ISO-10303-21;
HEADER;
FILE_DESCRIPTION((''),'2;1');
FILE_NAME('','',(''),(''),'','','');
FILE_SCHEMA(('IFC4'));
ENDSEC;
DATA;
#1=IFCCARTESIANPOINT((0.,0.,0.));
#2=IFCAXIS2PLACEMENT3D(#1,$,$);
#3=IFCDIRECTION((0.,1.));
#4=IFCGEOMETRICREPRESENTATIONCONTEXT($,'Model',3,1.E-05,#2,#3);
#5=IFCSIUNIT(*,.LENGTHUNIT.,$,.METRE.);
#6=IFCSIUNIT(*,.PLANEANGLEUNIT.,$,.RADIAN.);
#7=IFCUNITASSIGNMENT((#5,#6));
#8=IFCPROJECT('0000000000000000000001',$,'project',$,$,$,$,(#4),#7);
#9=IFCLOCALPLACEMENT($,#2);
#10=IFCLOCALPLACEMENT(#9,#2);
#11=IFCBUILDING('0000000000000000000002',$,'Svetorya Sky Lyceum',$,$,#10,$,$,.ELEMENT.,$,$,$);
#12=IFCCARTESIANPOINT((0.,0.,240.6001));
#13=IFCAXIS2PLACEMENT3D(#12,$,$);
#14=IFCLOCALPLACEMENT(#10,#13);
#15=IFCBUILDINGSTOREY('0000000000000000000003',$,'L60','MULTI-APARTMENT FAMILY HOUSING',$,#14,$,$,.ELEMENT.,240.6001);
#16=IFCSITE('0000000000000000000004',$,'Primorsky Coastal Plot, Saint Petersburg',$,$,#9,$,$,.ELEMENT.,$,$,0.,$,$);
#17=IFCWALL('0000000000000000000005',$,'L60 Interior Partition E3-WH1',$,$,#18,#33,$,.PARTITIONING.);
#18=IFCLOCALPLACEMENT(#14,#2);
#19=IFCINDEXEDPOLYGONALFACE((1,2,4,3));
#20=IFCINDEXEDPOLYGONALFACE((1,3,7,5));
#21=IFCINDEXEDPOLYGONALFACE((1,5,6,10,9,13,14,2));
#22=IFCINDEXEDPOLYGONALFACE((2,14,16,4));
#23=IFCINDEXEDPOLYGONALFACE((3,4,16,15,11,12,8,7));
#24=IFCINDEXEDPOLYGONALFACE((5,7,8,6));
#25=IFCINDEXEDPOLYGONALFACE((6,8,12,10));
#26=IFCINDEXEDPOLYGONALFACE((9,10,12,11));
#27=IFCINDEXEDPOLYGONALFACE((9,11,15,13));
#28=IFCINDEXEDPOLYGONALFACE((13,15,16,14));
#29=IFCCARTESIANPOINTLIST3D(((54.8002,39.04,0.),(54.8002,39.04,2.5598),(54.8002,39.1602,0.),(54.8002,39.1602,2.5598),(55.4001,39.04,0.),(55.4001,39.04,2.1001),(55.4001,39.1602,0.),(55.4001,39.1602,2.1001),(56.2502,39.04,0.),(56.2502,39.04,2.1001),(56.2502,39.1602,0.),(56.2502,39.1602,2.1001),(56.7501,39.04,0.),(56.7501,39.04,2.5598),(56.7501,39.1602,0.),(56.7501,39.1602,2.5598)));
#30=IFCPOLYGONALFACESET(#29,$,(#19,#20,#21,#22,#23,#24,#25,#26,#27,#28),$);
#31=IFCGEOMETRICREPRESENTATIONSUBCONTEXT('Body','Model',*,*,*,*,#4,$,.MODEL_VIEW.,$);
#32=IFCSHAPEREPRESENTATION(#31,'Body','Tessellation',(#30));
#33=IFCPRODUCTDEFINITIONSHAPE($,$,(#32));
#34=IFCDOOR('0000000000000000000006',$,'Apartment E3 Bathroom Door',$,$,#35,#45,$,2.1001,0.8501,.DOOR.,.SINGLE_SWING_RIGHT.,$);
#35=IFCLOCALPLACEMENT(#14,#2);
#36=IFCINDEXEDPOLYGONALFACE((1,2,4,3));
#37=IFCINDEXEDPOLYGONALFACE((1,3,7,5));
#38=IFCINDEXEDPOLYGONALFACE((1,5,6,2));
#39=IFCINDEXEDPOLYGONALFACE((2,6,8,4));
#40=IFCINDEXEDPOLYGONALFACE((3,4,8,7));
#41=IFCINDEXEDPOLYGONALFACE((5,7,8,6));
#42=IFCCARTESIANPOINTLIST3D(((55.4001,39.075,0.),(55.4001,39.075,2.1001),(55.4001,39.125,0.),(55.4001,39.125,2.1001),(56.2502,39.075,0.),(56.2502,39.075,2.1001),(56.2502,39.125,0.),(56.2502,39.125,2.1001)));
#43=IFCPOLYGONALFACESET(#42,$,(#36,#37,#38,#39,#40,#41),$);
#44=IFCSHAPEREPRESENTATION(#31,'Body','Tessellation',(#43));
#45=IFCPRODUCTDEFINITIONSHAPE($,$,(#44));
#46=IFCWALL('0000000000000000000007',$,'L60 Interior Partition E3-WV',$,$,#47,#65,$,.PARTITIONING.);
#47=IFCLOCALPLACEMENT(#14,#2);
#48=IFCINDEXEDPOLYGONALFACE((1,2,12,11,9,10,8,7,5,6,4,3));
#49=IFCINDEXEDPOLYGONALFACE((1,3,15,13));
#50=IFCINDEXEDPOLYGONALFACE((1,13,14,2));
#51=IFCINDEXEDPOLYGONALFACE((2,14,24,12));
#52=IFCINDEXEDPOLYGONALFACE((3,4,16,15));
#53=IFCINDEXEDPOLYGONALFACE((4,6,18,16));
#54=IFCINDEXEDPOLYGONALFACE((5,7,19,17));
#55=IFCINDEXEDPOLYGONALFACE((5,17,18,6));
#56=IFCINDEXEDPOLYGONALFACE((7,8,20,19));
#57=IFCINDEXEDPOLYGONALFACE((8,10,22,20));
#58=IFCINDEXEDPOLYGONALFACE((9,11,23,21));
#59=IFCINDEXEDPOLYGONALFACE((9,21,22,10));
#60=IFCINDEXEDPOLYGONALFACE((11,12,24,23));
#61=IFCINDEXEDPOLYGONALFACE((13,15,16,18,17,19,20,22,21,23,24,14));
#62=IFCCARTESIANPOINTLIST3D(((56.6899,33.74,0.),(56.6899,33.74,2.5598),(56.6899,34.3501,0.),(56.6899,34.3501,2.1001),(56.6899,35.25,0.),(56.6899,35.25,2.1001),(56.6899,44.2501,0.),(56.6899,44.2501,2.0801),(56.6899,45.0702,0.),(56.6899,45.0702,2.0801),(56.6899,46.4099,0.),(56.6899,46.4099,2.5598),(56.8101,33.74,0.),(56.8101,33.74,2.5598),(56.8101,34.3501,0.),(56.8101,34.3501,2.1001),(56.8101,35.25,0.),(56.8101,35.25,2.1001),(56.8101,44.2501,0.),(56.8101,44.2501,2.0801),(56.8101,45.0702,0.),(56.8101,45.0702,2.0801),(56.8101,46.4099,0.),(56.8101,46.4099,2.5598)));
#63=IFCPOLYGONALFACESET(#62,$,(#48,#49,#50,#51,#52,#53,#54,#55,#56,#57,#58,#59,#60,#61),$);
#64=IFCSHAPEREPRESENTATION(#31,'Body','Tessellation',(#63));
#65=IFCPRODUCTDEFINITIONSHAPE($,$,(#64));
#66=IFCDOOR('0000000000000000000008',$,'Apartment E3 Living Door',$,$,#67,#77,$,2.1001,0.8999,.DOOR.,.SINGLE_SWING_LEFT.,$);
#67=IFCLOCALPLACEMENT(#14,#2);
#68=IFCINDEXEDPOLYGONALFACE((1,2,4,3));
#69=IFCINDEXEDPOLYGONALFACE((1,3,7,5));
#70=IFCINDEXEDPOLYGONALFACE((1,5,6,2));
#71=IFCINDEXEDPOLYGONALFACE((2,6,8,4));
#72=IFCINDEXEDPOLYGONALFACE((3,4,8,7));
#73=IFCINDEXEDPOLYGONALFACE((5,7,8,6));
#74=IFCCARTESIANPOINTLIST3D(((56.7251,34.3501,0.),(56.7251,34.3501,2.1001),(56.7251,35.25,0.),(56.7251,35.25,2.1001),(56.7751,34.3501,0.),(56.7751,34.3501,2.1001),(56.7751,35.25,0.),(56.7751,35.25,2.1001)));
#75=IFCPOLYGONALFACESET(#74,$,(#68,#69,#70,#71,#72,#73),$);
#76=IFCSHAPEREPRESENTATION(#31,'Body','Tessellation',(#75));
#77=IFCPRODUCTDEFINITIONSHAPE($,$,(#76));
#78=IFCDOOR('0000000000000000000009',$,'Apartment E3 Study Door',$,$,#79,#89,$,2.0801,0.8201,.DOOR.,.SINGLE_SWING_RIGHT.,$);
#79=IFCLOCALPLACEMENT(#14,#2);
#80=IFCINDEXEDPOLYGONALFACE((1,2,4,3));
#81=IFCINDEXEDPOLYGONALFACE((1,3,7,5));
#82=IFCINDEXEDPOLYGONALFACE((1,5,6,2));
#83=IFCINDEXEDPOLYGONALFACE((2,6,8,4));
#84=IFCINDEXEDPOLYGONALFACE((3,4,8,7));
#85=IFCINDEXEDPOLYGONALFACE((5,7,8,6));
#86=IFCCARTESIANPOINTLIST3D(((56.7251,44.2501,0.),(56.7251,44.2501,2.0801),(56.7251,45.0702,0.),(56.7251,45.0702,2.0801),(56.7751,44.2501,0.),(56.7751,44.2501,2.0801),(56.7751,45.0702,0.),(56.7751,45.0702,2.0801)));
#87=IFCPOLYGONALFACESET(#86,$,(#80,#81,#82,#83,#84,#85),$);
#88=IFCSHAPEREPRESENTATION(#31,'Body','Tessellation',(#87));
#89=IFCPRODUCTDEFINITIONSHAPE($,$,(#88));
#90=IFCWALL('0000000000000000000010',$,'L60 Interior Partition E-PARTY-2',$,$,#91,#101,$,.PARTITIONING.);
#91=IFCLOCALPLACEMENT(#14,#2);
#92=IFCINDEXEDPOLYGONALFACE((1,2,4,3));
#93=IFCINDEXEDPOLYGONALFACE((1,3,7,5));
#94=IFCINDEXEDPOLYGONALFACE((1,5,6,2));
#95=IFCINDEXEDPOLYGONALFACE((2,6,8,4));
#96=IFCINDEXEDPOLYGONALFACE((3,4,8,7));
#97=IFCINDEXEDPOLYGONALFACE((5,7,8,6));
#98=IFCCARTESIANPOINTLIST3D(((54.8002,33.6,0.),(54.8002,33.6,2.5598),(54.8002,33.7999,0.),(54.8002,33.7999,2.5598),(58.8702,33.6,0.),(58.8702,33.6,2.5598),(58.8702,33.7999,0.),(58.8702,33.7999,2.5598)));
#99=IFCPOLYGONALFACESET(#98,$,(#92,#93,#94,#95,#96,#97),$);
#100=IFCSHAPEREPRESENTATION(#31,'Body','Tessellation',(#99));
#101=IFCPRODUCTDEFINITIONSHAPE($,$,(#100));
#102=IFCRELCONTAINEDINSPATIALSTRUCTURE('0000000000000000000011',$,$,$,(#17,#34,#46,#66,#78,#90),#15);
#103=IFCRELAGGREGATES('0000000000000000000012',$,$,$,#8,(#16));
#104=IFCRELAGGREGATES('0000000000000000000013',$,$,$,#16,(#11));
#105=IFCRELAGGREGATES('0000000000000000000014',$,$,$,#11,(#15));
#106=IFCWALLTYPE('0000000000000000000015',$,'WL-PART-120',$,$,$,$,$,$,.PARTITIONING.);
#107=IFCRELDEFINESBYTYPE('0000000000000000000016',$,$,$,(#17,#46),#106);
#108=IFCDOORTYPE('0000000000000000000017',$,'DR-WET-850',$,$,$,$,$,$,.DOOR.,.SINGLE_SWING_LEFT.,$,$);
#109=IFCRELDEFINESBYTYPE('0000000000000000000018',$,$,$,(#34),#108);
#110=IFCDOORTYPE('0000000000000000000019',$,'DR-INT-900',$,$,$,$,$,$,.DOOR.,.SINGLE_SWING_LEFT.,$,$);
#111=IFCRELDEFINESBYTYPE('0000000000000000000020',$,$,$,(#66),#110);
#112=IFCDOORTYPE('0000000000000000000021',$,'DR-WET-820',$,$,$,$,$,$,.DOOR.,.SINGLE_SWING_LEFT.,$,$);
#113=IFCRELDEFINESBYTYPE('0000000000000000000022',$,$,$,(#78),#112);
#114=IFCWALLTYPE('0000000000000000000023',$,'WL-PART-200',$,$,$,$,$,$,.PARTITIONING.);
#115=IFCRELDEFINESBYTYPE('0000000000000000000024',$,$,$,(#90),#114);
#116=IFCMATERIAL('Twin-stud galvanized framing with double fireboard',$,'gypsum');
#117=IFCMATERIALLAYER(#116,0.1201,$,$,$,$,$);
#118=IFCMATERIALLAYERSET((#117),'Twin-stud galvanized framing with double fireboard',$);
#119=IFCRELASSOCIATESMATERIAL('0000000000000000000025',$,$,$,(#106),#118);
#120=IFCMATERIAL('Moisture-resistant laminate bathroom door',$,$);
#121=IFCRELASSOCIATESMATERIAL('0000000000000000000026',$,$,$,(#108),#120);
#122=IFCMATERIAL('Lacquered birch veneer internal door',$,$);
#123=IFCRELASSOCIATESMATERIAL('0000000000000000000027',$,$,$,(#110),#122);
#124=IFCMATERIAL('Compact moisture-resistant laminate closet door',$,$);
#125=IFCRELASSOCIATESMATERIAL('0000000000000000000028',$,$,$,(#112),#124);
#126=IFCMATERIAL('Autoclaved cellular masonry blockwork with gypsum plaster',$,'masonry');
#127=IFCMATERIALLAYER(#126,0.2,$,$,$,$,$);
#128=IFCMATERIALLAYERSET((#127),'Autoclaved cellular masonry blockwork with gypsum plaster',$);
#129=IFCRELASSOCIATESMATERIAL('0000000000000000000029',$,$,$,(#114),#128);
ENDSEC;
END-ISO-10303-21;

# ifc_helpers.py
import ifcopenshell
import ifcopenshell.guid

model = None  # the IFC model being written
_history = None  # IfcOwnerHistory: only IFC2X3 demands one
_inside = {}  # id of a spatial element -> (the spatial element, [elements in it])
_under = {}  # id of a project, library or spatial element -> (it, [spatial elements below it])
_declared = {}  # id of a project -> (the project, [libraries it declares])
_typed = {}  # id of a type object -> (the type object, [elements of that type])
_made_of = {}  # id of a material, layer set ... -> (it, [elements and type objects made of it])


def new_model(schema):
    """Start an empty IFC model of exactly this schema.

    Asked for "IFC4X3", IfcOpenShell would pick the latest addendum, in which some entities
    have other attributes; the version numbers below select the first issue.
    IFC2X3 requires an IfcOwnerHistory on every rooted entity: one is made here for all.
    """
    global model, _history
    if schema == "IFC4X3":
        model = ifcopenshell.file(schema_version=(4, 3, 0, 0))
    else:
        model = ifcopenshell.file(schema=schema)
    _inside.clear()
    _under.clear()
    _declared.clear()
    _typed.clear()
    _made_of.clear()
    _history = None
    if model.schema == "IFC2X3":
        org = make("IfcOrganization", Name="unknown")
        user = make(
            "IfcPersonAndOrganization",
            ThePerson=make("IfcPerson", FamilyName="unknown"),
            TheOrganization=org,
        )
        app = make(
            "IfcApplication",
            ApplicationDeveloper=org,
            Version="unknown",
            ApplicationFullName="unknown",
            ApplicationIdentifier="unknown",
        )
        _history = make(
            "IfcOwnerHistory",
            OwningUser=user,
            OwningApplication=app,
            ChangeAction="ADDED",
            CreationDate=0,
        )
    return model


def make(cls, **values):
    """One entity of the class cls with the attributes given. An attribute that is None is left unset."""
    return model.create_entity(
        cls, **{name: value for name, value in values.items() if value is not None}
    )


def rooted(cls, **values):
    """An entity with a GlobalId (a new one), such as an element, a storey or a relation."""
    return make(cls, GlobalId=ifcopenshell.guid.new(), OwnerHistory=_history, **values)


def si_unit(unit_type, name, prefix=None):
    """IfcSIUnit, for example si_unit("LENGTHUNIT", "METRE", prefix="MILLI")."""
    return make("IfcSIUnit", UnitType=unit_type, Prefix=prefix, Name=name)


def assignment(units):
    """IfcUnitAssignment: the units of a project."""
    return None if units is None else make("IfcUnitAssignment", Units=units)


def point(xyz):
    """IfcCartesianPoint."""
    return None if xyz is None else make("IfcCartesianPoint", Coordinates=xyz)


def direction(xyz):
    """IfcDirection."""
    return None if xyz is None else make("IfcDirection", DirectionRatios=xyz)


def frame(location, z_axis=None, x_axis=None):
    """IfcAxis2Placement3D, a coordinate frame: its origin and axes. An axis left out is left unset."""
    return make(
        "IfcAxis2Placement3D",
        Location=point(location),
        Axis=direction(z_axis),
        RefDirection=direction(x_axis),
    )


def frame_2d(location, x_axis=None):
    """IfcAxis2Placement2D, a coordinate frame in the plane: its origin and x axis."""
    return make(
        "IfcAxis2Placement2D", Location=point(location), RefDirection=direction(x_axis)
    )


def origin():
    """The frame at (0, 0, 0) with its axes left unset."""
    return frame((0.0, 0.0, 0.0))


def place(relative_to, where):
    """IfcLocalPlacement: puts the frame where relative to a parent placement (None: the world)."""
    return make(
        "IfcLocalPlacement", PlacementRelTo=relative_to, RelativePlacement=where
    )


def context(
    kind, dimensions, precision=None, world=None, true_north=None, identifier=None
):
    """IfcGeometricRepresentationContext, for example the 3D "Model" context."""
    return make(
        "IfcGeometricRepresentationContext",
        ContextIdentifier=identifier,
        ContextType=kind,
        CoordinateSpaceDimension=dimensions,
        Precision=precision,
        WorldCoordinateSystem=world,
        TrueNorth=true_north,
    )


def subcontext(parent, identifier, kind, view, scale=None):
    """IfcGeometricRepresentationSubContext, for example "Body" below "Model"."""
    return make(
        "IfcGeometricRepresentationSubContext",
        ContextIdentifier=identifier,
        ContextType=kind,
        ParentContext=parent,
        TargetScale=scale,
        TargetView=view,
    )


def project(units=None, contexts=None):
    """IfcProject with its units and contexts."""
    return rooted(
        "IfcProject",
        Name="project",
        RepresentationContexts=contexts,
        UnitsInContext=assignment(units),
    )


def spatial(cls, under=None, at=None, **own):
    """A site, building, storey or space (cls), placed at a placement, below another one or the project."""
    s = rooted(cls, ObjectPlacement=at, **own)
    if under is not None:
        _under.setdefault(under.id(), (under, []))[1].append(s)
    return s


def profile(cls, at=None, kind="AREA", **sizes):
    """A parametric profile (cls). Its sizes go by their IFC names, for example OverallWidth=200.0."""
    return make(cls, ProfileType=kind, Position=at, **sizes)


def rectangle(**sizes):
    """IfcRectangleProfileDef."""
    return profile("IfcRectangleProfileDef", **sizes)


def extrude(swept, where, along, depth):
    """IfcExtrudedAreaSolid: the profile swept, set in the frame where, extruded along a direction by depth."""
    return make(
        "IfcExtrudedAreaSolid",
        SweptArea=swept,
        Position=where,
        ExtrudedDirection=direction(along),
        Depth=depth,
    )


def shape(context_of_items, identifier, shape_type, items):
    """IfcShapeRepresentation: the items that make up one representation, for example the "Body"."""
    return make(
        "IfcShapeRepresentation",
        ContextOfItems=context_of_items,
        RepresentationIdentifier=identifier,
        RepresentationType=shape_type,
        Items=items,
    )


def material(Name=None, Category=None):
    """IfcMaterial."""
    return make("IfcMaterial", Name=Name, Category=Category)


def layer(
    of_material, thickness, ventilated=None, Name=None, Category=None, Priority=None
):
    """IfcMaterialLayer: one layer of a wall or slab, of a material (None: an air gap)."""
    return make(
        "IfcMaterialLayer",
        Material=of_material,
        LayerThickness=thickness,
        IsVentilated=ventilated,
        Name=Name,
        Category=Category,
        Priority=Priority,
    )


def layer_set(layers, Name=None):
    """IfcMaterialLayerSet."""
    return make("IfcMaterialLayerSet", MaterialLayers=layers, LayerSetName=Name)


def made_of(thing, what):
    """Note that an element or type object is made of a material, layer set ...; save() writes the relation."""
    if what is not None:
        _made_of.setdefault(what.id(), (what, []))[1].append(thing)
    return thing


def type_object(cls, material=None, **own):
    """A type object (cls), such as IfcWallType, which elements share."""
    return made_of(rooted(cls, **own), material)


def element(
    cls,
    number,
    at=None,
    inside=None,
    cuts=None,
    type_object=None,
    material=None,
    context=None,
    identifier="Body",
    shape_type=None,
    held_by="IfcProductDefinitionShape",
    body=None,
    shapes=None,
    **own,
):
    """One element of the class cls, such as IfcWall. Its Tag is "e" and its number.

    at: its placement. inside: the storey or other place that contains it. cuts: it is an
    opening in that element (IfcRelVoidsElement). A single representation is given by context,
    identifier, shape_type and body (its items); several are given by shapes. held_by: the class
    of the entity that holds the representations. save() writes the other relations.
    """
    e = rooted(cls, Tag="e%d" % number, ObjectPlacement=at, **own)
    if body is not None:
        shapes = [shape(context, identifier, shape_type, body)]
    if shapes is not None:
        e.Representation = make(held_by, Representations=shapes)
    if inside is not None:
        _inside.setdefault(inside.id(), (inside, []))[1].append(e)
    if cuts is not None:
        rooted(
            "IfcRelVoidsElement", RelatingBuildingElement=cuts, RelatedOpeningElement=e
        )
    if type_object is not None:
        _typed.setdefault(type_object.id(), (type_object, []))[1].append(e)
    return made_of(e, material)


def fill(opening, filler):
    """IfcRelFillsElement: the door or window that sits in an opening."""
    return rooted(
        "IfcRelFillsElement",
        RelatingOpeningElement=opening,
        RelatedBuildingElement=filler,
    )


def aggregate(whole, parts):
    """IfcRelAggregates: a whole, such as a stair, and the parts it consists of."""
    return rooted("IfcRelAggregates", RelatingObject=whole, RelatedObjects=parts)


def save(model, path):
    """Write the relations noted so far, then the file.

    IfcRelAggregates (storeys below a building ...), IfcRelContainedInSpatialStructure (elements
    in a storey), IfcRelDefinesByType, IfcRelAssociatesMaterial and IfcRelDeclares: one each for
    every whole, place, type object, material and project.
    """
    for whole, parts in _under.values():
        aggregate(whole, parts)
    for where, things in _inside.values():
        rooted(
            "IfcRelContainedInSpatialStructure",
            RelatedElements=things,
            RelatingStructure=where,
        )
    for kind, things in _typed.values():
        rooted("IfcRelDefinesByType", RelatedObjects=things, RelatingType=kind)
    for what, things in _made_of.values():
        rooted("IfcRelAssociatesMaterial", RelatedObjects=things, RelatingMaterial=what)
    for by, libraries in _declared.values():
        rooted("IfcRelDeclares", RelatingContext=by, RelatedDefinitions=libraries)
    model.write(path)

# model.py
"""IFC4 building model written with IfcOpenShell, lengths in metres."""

from ifc_helpers import new_model, si_unit, direction, frame, frame_2d, origin, place, context, subcontext, project, spatial, rectangle, extrude, material, layer, layer_set, type_object, element, fill, save


model = new_model("IFC4")

# Units and contexts
model_context = context("Model", 3, precision=1e-05, world=origin(), true_north=direction((0.0, 1.0)))
body_context = subcontext(model_context, "Body", "Model", "MODEL_VIEW")
ifc_project = project(units=[si_unit("LENGTHUNIT", "METRE"), si_unit("PLANEANGLEUNIT", "RADIAN")], contexts=[model_context])

# Site, building, storey
site_placement = place(None, origin())
site = spatial("IfcSite", under=ifc_project, at=site_placement, Name="Primorsky Coastal Plot, Saint Petersburg", CompositionType="ELEMENT", RefElevation=0.0)
building_placement = place(site_placement, origin())
building = spatial("IfcBuilding", under=site, at=building_placement, Name="Svetorya Sky Lyceum", CompositionType="ELEMENT")
storey_placement = place(building_placement, frame((0.0, 0.0, 240.6001)))
storey = spatial("IfcBuildingStorey", under=building, at=storey_placement, Name="L60", Description="MULTI-APARTMENT FAMILY HOUSING", CompositionType="ELEMENT", Elevation=240.6001)

# Wall, opening, door
ifc_material_1 = material(Name="Twin-stud galvanized framing with double fireboard", Category="gypsum")
ifc_layer_1 = layer(ifc_material_1, 0.1201)
ifc_layer_set_1 = layer_set([ifc_layer_1], Name="Twin-stud galvanized framing with double fireboard")
wall_type_1 = type_object("IfcWallType", Name="WL-PART-120", PredefinedType="PARTITIONING", material=ifc_layer_set_1)
wall_1_placement = place(storey_placement, frame((54.8, 39.1001, 0.0), z_axis=(0.0, 0.0, 1.0), x_axis=(1.0, 0.0, 0.0)))
wall_1 = element("IfcWall", 1, at=wall_1_placement, inside=storey, type_object=wall_type_1, Name="L60 Interior Partition E3-WH1", PredefinedType="PARTITIONING", context=body_context, shape_type="SweptSolid", body=[
    extrude(rectangle(XDim=1.95, YDim=0.1201, at=frame_2d((0.9751, 0.0))), origin(), (0.0, 0.0, 1.0), 2.5598),
])
opening_1_placement = place(wall_1_placement, frame((0.6001, 0.0, 0.0)))
opening_1 = element("IfcOpeningElement", 2, at=opening_1_placement, cuts=wall_1, PredefinedType="OPENING", context=body_context, shape_type="SweptSolid", body=[
    extrude(rectangle(XDim=0.8501, YDim=2.1001, at=frame_2d((0.425, 1.05))), frame((0.0, 0.0701, 0.0), z_axis=(0.0, -1.0, 0.0), x_axis=(1.0, 0.0, 0.0)), (0.0, 0.0, 1.0), 0.1401),
])
ifc_material_2 = material(Name="Moisture-resistant laminate bathroom door")
door_type_1 = type_object("IfcDoorType", Name="DR-WET-850", OperationType="SINGLE_SWING_LEFT", PredefinedType="DOOR", material=ifc_material_2)
door_1_placement = place(opening_1_placement, origin())
door_1 = element("IfcDoor", 3, at=door_1_placement, inside=storey, type_object=door_type_1, Name="Apartment E3 Bathroom Door", OperationType="SINGLE_SWING_RIGHT", OverallHeight=2.1001, OverallWidth=0.8501, PredefinedType="DOOR", context=body_context, shape_type="SweptSolid", body=[
    extrude(rectangle(XDim=0.8501, YDim=2.1001, at=frame_2d((0.425, 1.05))), frame((0.0, 0.0249, 0.0), z_axis=(0.0, -1.0, 0.0), x_axis=(1.0, 0.0, 0.0)), (0.0, 0.0, 1.0), 0.05),
])
fill(opening_1, door_1)

# Wall, openings, doors
wall_2_placement = place(storey_placement, frame((56.75, 33.74, 0.0), z_axis=(0.0, 0.0, 1.0), x_axis=(0.0, 1.0, 0.0)))
wall_2 = element("IfcWall", 4, at=wall_2_placement, inside=storey, type_object=wall_type_1, Name="L60 Interior Partition E3-WV", PredefinedType="PARTITIONING", context=body_context, shape_type="SweptSolid", body=[
    extrude(rectangle(XDim=12.6699, YDim=0.1201, at=frame_2d((6.335, 0.0))), origin(), (0.0, 0.0, 1.0), 2.5598),
])
opening_2_placement = place(wall_2_placement, frame((0.6101, 0.0, 0.0)))
opening_2 = element("IfcOpeningElement", 5, at=opening_2_placement, cuts=wall_2, PredefinedType="OPENING", context=body_context, shape_type="SweptSolid", body=[
    extrude(rectangle(XDim=0.8999, YDim=2.1001, at=frame_2d((0.45, 1.05))), frame((0.0, 0.0701, 0.0), z_axis=(0.0, -1.0, 0.0), x_axis=(1.0, 0.0, 0.0)), (0.0, 0.0, 1.0), 0.1401),
])
opening_3_placement = place(wall_2_placement, frame((10.51, 0.0, 0.0)))
opening_3 = element("IfcOpeningElement", 6, at=opening_3_placement, cuts=wall_2, PredefinedType="OPENING", context=body_context, shape_type="SweptSolid", body=[
    extrude(rectangle(XDim=0.8201, YDim=2.0801, at=frame_2d((0.4102, 1.04))), frame((0.0, 0.0701, 0.0), z_axis=(0.0, -1.0, 0.0), x_axis=(1.0, 0.0, 0.0)), (0.0, 0.0, 1.0), 0.1401),
])
ifc_material_3 = material(Name="Lacquered birch veneer internal door")
door_type_2 = type_object("IfcDoorType", Name="DR-INT-900", OperationType="SINGLE_SWING_LEFT", PredefinedType="DOOR", material=ifc_material_3)
door_2_placement = place(opening_2_placement, origin())
door_2 = element("IfcDoor", 7, at=door_2_placement, inside=storey, type_object=door_type_2, Name="Apartment E3 Living Door", OperationType="SINGLE_SWING_LEFT", OverallHeight=2.1001, OverallWidth=0.8999, PredefinedType="DOOR", context=body_context, shape_type="SweptSolid", body=[
    extrude(rectangle(XDim=0.8999, YDim=2.1001, at=frame_2d((0.45, 1.05))), frame((0.0, 0.0249, 0.0), z_axis=(0.0, -1.0, 0.0), x_axis=(1.0, 0.0, 0.0)), (0.0, 0.0, 1.0), 0.05),
])
fill(opening_2, door_2)
ifc_material_4 = material(Name="Compact moisture-resistant laminate closet door")
door_type_3 = type_object("IfcDoorType", Name="DR-WET-820", OperationType="SINGLE_SWING_LEFT", PredefinedType="DOOR", material=ifc_material_4)
door_3_placement = place(opening_3_placement, origin())
door_3 = element("IfcDoor", 8, at=door_3_placement, inside=storey, type_object=door_type_3, Name="Apartment E3 Study Door", OperationType="SINGLE_SWING_RIGHT", OverallHeight=2.0801, OverallWidth=0.8201, PredefinedType="DOOR", context=body_context, shape_type="SweptSolid", body=[
    extrude(rectangle(XDim=0.8201, YDim=2.0801, at=frame_2d((0.4102, 1.04))), frame((0.0, 0.0249, 0.0), z_axis=(0.0, -1.0, 0.0), x_axis=(1.0, 0.0, 0.0)), (0.0, 0.0, 1.0), 0.05),
])
fill(opening_3, door_3)

# Wall
ifc_material_5 = material(Name="Autoclaved cellular masonry blockwork with gypsum plaster", Category="masonry")
ifc_layer_2 = layer(ifc_material_5, 0.2)
ifc_layer_set_2 = layer_set([ifc_layer_2], Name="Autoclaved cellular masonry blockwork with gypsum plaster")
wall_type_2 = type_object("IfcWallType", Name="WL-PART-200", PredefinedType="PARTITIONING", material=ifc_layer_set_2)
wall_3_placement = place(storey_placement, frame((54.8, 33.7, 0.0), z_axis=(0.0, 0.0, 1.0), x_axis=(1.0, 0.0, 0.0)))
element("IfcWall", 9, at=wall_3_placement, inside=storey, type_object=wall_type_2, Name="L60 Interior Partition E-PARTY-2", PredefinedType="PARTITIONING", context=body_context, shape_type="SweptSolid", body=[
    extrude(rectangle(XDim=4.0701, YDim=0.2, at=frame_2d((2.0352, 0.0))), origin(), (0.0, 0.0, 1.0), 2.5598),
])

save(model, "model.ifc")
